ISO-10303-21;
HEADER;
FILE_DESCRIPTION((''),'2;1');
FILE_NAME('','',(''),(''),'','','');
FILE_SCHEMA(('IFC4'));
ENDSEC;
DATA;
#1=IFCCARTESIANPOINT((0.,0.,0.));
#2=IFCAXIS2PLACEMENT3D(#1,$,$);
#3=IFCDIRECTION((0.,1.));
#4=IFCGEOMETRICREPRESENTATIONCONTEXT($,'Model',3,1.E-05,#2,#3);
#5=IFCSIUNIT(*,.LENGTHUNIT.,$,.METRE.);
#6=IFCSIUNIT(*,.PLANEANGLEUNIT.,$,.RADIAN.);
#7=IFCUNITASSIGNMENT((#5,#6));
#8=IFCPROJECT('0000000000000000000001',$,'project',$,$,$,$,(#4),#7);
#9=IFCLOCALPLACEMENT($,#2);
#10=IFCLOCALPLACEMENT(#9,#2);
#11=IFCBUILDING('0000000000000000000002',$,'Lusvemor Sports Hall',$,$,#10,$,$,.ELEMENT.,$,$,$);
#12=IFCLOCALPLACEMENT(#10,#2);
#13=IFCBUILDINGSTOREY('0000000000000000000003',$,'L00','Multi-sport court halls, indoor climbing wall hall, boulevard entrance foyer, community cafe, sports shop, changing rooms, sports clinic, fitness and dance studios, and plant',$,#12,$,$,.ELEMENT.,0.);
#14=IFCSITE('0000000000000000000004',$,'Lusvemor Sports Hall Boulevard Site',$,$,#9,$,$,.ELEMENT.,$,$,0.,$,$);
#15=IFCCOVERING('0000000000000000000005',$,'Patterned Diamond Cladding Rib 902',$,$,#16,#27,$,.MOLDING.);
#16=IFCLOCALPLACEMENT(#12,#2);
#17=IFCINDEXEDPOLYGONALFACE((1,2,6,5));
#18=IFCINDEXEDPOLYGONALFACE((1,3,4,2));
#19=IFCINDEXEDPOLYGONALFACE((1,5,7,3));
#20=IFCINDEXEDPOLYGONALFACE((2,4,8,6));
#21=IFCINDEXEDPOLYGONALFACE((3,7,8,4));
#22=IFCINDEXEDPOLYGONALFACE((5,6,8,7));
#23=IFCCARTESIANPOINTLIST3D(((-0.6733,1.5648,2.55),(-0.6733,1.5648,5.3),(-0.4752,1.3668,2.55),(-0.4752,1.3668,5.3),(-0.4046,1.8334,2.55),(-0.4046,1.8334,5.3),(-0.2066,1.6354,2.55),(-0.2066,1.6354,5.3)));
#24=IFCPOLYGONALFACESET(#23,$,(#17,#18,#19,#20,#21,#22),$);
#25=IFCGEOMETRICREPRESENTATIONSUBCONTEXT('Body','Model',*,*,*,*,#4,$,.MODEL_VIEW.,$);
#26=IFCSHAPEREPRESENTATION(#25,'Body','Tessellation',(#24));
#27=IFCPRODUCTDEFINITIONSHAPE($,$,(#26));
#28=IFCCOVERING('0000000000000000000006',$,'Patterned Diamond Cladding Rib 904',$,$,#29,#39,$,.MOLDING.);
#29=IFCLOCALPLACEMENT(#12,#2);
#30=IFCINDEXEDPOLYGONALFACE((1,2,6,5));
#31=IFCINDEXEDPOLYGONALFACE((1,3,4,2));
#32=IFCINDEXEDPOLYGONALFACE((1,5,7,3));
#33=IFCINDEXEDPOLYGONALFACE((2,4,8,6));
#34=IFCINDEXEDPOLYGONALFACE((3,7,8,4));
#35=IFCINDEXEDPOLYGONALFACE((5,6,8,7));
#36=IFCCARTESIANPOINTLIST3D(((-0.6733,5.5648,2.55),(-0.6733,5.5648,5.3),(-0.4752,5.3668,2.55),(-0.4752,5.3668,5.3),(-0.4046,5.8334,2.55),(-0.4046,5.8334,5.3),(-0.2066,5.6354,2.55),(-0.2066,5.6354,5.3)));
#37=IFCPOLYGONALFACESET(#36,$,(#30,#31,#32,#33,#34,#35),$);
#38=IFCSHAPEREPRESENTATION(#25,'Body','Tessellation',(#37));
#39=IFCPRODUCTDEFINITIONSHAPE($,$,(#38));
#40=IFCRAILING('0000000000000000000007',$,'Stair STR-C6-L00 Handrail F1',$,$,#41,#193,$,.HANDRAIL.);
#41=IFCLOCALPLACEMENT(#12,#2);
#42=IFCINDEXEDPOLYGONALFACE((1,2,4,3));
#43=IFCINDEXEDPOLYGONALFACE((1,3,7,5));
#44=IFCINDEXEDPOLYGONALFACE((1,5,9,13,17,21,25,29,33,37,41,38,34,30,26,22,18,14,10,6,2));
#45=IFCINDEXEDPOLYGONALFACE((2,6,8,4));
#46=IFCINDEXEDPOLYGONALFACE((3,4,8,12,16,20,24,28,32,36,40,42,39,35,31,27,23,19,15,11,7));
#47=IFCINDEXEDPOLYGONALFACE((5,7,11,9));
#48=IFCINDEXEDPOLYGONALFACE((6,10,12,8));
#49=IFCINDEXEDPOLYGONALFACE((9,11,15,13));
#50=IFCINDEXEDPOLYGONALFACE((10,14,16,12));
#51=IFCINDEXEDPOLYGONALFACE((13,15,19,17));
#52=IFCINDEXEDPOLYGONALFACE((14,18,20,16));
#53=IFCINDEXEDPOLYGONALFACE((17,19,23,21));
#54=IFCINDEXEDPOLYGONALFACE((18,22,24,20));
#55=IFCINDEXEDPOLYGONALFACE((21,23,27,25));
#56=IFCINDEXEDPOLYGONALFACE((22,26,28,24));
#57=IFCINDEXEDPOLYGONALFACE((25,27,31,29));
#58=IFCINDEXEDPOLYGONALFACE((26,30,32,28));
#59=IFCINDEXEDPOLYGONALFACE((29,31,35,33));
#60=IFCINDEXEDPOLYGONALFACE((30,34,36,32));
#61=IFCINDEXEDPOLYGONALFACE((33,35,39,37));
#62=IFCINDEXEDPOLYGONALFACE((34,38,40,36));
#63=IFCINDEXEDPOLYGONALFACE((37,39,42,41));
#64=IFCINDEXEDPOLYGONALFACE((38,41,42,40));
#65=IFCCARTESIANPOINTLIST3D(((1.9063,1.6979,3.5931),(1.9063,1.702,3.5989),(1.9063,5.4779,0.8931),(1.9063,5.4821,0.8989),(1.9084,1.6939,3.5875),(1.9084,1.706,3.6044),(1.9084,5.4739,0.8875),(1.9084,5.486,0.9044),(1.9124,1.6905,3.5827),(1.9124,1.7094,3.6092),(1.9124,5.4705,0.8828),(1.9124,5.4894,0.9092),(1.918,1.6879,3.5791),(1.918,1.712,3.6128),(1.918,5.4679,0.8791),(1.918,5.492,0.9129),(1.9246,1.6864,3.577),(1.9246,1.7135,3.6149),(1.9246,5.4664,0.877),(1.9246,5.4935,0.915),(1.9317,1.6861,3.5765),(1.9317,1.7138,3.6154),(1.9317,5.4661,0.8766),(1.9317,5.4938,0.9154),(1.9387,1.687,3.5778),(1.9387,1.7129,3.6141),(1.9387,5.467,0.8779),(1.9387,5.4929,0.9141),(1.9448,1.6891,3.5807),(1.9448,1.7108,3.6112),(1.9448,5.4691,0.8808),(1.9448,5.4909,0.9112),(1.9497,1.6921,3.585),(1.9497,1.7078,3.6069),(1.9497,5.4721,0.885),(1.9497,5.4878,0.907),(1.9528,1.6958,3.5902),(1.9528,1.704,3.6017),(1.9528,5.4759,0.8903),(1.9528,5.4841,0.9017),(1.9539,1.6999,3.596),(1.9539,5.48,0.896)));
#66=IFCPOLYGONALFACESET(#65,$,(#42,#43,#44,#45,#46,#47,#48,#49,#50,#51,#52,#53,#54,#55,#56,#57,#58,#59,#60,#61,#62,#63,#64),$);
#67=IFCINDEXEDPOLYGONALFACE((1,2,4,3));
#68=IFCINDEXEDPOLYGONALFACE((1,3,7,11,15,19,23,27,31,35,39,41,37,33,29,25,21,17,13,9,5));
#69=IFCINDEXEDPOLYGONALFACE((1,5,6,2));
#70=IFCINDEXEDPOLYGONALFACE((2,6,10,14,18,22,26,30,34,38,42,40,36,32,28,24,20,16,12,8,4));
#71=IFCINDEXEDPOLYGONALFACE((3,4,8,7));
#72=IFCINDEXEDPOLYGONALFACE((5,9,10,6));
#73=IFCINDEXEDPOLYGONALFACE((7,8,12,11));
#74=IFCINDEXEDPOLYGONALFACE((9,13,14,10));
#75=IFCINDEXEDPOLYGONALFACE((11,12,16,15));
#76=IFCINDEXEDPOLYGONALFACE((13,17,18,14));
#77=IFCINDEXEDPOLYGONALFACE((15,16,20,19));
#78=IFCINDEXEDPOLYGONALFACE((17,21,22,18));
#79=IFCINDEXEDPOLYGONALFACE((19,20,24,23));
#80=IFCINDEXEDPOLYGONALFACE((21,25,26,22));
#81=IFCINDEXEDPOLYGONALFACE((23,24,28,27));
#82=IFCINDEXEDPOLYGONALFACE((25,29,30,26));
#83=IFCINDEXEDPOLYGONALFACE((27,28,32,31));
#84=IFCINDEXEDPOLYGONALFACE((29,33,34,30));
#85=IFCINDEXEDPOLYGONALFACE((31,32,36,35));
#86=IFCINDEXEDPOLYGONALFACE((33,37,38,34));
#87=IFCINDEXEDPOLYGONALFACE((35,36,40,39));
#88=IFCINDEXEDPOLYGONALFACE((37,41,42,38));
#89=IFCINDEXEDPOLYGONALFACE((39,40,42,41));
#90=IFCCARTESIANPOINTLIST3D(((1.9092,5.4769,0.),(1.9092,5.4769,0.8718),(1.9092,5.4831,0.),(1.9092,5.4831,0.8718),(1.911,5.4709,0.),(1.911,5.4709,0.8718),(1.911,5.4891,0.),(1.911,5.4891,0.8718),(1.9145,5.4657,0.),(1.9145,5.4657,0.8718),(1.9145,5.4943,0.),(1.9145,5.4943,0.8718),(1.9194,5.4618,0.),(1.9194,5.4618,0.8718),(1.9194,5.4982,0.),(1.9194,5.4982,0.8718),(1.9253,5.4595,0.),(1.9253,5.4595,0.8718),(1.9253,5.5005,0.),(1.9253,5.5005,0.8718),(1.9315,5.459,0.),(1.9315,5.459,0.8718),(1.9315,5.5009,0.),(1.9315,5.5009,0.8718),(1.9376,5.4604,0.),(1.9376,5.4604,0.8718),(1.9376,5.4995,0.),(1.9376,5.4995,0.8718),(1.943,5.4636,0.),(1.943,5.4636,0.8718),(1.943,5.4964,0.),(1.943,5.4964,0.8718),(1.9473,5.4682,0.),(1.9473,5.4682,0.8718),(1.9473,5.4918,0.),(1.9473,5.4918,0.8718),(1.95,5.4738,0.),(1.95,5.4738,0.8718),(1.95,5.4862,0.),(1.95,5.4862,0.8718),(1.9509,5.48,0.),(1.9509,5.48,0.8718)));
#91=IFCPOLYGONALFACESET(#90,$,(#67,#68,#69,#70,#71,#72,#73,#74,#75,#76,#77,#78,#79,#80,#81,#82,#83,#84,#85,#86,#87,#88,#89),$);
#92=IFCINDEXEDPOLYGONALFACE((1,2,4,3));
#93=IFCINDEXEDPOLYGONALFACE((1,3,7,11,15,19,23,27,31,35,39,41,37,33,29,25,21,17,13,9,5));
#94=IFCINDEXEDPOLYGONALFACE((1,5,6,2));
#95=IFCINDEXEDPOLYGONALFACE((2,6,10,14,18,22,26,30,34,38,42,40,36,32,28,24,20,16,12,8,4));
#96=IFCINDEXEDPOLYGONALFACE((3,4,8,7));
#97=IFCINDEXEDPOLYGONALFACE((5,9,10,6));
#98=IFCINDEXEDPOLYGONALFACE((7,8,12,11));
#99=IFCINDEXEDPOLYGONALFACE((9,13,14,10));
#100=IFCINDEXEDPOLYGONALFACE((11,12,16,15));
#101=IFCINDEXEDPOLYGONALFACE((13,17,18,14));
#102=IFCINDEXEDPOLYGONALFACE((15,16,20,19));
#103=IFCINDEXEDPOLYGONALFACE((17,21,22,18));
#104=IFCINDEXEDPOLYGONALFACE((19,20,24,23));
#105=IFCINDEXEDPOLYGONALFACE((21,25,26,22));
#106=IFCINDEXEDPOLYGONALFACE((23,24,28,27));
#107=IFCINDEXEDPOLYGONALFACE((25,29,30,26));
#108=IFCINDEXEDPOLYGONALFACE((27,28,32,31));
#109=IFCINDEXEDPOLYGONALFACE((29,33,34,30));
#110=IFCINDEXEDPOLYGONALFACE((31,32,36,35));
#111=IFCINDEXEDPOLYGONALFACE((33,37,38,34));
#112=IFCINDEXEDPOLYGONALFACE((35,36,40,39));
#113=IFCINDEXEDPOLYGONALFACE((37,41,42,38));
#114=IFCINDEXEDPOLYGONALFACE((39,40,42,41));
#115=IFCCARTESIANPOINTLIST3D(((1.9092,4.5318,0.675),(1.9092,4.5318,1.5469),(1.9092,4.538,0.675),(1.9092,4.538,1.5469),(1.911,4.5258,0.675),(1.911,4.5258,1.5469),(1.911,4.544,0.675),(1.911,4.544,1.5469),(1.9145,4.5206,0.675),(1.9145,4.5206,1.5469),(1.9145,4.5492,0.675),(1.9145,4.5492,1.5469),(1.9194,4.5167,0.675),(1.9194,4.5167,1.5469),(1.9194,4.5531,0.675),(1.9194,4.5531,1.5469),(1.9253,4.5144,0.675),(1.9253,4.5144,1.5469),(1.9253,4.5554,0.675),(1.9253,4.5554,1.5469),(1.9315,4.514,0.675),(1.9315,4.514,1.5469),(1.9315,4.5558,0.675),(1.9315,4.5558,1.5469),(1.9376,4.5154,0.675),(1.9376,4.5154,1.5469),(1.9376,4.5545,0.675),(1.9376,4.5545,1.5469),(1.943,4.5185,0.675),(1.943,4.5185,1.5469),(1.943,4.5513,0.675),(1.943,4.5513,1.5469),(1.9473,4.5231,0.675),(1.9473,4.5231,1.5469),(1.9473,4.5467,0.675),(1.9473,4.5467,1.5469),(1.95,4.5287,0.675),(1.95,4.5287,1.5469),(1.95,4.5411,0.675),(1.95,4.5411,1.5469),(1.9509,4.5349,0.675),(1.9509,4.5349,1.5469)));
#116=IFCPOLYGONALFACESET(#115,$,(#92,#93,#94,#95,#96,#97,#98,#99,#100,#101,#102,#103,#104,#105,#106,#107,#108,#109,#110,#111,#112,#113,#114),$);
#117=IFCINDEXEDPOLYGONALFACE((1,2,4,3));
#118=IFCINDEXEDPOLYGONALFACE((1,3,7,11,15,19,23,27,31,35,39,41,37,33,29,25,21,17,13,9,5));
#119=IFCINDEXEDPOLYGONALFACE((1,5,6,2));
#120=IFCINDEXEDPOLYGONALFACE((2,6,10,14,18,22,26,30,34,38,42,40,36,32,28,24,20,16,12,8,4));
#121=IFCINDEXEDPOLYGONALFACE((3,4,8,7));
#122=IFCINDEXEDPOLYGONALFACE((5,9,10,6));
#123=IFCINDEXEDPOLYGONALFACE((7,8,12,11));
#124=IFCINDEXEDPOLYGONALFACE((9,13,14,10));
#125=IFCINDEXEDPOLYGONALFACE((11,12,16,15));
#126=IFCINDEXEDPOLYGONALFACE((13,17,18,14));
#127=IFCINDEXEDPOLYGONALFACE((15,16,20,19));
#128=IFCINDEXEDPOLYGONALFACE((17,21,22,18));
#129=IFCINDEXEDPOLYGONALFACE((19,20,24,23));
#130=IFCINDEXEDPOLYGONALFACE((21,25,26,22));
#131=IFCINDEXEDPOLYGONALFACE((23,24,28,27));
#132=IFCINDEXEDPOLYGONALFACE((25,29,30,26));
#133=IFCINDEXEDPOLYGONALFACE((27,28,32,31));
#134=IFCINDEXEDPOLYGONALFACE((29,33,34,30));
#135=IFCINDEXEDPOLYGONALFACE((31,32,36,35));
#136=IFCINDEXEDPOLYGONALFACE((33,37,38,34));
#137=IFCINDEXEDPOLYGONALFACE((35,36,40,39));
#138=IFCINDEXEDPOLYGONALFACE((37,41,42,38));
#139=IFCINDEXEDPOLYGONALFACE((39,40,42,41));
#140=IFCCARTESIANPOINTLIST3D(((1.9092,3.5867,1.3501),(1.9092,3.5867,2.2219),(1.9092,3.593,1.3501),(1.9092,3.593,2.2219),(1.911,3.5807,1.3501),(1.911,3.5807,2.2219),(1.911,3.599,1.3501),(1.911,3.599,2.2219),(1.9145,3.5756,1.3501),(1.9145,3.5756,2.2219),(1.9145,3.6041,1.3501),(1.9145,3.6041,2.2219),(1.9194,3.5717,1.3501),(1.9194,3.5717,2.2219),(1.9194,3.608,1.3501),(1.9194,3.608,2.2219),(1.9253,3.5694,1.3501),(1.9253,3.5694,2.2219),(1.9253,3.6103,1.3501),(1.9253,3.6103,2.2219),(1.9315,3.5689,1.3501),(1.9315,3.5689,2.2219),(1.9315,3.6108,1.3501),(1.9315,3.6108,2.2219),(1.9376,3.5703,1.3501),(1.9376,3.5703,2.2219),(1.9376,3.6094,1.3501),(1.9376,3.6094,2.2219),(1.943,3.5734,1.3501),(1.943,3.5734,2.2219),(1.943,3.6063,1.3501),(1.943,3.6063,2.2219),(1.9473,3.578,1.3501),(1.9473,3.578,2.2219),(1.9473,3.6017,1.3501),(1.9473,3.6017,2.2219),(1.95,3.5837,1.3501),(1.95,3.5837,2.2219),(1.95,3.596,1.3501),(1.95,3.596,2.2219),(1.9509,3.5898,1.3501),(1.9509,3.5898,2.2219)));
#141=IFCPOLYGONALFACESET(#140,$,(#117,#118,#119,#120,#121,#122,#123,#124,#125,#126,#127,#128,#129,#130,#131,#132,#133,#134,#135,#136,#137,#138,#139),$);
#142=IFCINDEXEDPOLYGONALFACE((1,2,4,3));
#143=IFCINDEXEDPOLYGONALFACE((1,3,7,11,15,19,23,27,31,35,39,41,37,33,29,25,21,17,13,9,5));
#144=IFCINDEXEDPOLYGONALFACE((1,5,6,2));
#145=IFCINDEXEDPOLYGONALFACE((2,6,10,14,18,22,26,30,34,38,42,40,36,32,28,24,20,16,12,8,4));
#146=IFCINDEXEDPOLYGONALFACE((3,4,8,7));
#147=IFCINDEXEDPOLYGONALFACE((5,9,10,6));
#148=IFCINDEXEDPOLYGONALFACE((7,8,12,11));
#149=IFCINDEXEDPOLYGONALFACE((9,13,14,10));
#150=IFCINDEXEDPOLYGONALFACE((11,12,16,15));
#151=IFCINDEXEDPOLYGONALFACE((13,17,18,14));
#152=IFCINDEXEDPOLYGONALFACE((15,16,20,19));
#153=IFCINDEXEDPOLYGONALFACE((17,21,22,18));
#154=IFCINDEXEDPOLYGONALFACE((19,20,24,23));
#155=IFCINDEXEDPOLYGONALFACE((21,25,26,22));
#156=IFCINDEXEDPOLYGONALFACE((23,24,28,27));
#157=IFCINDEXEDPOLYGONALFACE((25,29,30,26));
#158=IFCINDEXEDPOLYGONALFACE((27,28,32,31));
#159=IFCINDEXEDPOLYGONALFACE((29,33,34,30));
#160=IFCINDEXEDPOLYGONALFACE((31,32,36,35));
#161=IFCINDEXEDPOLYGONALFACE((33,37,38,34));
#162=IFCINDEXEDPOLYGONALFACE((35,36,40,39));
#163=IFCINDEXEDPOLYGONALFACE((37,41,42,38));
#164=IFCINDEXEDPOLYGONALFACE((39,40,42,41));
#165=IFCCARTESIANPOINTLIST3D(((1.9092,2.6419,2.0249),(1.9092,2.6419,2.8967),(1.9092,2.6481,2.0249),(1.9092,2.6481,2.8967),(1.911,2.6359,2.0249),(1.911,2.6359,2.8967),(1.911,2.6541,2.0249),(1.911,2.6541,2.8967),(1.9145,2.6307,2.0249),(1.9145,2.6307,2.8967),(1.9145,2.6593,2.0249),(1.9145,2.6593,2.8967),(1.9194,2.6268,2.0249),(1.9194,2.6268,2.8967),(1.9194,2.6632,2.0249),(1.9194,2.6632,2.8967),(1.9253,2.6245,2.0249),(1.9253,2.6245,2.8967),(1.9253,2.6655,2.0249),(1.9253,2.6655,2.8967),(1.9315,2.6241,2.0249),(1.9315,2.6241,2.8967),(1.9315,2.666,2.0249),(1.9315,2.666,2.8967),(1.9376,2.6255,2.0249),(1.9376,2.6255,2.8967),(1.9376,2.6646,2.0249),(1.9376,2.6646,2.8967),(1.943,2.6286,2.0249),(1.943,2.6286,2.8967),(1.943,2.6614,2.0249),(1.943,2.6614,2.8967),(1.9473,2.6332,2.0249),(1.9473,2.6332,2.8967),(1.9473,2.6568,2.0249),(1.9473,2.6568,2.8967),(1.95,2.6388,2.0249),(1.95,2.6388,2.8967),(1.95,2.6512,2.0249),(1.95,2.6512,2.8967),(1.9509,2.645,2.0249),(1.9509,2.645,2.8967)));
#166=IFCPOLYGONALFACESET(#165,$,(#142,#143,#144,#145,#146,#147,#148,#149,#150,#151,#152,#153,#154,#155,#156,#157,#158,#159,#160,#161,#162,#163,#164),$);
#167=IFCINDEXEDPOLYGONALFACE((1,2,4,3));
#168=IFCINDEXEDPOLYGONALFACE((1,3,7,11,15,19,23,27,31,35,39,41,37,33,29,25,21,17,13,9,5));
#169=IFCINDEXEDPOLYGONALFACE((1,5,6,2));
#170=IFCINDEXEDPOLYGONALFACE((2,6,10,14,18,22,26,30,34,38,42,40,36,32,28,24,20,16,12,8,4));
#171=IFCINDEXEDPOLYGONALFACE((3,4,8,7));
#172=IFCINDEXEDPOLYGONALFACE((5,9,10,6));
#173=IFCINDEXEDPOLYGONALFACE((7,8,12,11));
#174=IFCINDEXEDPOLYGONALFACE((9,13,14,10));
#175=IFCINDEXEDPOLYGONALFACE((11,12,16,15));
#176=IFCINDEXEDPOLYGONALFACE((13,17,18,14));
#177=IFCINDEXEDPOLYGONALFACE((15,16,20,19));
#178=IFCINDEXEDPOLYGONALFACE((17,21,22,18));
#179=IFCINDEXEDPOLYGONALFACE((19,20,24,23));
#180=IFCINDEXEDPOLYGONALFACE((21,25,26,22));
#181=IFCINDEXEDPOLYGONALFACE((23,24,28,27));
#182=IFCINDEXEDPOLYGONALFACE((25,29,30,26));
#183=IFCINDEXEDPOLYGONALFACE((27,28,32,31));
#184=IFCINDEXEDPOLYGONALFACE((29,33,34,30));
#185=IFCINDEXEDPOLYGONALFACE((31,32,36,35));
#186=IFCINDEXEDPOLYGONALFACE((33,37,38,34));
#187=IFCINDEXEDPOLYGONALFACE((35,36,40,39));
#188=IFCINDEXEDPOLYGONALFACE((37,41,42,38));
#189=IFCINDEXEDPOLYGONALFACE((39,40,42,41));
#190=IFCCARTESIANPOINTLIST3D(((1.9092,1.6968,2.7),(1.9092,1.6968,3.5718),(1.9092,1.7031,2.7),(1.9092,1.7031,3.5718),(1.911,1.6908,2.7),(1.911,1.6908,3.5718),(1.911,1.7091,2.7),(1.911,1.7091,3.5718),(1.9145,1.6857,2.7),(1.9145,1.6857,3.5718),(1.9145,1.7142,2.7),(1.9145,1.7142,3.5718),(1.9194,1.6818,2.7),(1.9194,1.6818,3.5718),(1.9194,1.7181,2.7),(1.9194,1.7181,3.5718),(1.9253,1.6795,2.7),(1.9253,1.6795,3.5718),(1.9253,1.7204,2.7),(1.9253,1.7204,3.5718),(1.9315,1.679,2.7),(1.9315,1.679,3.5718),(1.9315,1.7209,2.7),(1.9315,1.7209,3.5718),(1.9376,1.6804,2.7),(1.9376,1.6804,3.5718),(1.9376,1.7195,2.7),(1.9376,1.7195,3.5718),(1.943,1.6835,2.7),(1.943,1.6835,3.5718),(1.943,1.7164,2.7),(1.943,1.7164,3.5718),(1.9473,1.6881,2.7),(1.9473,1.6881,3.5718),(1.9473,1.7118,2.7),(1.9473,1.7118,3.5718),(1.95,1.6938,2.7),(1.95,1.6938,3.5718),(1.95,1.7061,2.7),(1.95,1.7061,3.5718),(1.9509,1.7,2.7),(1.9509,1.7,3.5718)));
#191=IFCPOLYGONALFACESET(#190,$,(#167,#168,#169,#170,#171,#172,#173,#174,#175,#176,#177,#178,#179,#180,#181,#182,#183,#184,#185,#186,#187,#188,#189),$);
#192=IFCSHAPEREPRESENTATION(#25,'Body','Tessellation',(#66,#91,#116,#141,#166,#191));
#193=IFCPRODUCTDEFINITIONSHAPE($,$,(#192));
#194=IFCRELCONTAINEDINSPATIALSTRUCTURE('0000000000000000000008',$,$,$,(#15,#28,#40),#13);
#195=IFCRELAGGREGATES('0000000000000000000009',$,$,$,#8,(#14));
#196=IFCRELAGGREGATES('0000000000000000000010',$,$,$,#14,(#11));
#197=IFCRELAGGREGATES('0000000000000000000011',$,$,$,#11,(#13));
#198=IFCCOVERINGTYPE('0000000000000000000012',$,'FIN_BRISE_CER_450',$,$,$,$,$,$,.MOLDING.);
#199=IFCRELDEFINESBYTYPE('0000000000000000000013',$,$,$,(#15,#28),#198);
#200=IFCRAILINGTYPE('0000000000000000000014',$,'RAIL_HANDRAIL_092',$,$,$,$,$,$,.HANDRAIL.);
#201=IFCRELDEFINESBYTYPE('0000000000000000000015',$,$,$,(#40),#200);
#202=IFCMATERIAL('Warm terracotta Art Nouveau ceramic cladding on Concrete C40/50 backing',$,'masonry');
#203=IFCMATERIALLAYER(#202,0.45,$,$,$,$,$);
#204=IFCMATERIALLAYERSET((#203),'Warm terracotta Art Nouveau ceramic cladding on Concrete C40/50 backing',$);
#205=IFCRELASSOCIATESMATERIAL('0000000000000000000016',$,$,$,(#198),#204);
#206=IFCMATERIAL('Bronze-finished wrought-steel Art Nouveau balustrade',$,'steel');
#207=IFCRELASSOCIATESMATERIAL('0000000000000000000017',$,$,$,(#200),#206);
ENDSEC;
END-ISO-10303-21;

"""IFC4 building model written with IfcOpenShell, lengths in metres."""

from ifc_helpers import new_model, si_unit, direction, frame, origin, origin_2d, place, context, subcontext, project, spatial, rectangle, circle, extrude, material, layer, layer_set, type_object, element, save


model = new_model("IFC4")

# Units and contexts
model_context = context("Model", 3, precision=1e-05, world=origin(), true_north=direction((0.0, 1.0)))
body_context = subcontext(model_context, "Body", "Model", "MODEL_VIEW")
ifc_project = project(units=[si_unit("LENGTHUNIT", "METRE"), si_unit("PLANEANGLEUNIT", "RADIAN")], contexts=[model_context])

# Site, building, storey
site_placement = place(None, origin())
site = spatial("IfcSite", under=ifc_project, at=site_placement, Name="Lusvemor Sports Hall Boulevard Site", CompositionType="ELEMENT", RefElevation=0.0)
building_placement = place(site_placement, origin())
building = spatial("IfcBuilding", under=site, at=building_placement, Name="Lusvemor Sports Hall", CompositionType="ELEMENT")
storey_placement = place(building_placement, origin())
storey = spatial("IfcBuildingStorey", under=building, at=storey_placement, Name="L00", Description="Multi-sport court halls, indoor climbing wall hall, boulevard entrance foyer, community cafe, sports shop, changing rooms, sports clinic, fitness and dance studios, and plant", CompositionType="ELEMENT", Elevation=0.0)

# Coverings
ifc_material_1 = material(Name="Warm terracotta Art Nouveau ceramic cladding on Concrete C40/50 backing", Category="masonry")
ifc_layer_1 = layer(ifc_material_1, 0.45)
ifc_layer_set_1 = layer_set([ifc_layer_1], Name="Warm terracotta Art Nouveau ceramic cladding on Concrete C40/50 backing")
covering_type_1 = type_object("IfcCoveringType", Name="FIN_BRISE_CER_450", PredefinedType="MOLDING", material=ifc_layer_set_1)
for number, where, z_axis, x_axis, name in (
    (1, (-0.4399, 1.6001, 2.55), (0.0, 0.0, 1.0), (0.707107, 0.707107, 0.0), "Patterned Diamond Cladding Rib 902"),
    (2, (-0.4399, 5.6001, 2.55), (0.0, 0.0, 1.0), (0.707107, 0.707107, 0.0), "Patterned Diamond Cladding Rib 904"),
):
    element("IfcCovering", number, at=place(storey_placement, frame(where, z_axis=z_axis, x_axis=x_axis)), inside=storey, type_object=covering_type_1, Name=name, PredefinedType="MOLDING", context=body_context, shape_type="SweptSolid", body=[
        extrude(rectangle(XDim=0.3799, YDim=0.28, at=origin_2d()), origin(), (0.0, 0.0, 1.0), 2.75),
    ])

# Railing
ifc_material_2 = material(Name="Bronze-finished wrought-steel Art Nouveau balustrade", Category="steel")
railing_type_1 = type_object("IfcRailingType", Name="RAIL_HANDRAIL_092", PredefinedType="HANDRAIL", material=ifc_material_2)
railing_1_placement = place(storey_placement, frame((1.9299, 5.48, 0.0)))
element("IfcRailing", 3, at=railing_1_placement, inside=storey, type_object=railing_type_1, Name="Stair STR-C6-L00 Handrail F1", PredefinedType="HANDRAIL", context=body_context, shape_type="SweptSolid", body=[
    extrude(circle(Radius=0.0239, at=origin_2d()), frame((0.0, 0.0, 0.896), z_axis=(0.0, -0.813741, 0.581228), x_axis=(1.0, 0.0, 0.0)), (0.0, 0.0, 1.0), 4.6453),
    extrude(circle(Radius=0.021, at=origin_2d()), origin(), (0.0, 0.0, 1.0), 0.8718),
    extrude(circle(Radius=0.021, at=origin_2d()), frame((0.0, -0.9451, 0.675)), (0.0, 0.0, 1.0), 0.8718),
    extrude(circle(Radius=0.021, at=origin_2d()), frame((0.0, -1.8901, 1.3501)), (0.0, 0.0, 1.0), 0.8718),
    extrude(circle(Radius=0.021, at=origin_2d()), frame((0.0, -2.835, 2.0249)), (0.0, 0.0, 1.0), 0.8718),
    extrude(circle(Radius=0.021, at=origin_2d()), frame((0.0, -3.78, 2.7)), (0.0, 0.0, 1.0), 0.8718),
])

save(model, "model.ifc")
